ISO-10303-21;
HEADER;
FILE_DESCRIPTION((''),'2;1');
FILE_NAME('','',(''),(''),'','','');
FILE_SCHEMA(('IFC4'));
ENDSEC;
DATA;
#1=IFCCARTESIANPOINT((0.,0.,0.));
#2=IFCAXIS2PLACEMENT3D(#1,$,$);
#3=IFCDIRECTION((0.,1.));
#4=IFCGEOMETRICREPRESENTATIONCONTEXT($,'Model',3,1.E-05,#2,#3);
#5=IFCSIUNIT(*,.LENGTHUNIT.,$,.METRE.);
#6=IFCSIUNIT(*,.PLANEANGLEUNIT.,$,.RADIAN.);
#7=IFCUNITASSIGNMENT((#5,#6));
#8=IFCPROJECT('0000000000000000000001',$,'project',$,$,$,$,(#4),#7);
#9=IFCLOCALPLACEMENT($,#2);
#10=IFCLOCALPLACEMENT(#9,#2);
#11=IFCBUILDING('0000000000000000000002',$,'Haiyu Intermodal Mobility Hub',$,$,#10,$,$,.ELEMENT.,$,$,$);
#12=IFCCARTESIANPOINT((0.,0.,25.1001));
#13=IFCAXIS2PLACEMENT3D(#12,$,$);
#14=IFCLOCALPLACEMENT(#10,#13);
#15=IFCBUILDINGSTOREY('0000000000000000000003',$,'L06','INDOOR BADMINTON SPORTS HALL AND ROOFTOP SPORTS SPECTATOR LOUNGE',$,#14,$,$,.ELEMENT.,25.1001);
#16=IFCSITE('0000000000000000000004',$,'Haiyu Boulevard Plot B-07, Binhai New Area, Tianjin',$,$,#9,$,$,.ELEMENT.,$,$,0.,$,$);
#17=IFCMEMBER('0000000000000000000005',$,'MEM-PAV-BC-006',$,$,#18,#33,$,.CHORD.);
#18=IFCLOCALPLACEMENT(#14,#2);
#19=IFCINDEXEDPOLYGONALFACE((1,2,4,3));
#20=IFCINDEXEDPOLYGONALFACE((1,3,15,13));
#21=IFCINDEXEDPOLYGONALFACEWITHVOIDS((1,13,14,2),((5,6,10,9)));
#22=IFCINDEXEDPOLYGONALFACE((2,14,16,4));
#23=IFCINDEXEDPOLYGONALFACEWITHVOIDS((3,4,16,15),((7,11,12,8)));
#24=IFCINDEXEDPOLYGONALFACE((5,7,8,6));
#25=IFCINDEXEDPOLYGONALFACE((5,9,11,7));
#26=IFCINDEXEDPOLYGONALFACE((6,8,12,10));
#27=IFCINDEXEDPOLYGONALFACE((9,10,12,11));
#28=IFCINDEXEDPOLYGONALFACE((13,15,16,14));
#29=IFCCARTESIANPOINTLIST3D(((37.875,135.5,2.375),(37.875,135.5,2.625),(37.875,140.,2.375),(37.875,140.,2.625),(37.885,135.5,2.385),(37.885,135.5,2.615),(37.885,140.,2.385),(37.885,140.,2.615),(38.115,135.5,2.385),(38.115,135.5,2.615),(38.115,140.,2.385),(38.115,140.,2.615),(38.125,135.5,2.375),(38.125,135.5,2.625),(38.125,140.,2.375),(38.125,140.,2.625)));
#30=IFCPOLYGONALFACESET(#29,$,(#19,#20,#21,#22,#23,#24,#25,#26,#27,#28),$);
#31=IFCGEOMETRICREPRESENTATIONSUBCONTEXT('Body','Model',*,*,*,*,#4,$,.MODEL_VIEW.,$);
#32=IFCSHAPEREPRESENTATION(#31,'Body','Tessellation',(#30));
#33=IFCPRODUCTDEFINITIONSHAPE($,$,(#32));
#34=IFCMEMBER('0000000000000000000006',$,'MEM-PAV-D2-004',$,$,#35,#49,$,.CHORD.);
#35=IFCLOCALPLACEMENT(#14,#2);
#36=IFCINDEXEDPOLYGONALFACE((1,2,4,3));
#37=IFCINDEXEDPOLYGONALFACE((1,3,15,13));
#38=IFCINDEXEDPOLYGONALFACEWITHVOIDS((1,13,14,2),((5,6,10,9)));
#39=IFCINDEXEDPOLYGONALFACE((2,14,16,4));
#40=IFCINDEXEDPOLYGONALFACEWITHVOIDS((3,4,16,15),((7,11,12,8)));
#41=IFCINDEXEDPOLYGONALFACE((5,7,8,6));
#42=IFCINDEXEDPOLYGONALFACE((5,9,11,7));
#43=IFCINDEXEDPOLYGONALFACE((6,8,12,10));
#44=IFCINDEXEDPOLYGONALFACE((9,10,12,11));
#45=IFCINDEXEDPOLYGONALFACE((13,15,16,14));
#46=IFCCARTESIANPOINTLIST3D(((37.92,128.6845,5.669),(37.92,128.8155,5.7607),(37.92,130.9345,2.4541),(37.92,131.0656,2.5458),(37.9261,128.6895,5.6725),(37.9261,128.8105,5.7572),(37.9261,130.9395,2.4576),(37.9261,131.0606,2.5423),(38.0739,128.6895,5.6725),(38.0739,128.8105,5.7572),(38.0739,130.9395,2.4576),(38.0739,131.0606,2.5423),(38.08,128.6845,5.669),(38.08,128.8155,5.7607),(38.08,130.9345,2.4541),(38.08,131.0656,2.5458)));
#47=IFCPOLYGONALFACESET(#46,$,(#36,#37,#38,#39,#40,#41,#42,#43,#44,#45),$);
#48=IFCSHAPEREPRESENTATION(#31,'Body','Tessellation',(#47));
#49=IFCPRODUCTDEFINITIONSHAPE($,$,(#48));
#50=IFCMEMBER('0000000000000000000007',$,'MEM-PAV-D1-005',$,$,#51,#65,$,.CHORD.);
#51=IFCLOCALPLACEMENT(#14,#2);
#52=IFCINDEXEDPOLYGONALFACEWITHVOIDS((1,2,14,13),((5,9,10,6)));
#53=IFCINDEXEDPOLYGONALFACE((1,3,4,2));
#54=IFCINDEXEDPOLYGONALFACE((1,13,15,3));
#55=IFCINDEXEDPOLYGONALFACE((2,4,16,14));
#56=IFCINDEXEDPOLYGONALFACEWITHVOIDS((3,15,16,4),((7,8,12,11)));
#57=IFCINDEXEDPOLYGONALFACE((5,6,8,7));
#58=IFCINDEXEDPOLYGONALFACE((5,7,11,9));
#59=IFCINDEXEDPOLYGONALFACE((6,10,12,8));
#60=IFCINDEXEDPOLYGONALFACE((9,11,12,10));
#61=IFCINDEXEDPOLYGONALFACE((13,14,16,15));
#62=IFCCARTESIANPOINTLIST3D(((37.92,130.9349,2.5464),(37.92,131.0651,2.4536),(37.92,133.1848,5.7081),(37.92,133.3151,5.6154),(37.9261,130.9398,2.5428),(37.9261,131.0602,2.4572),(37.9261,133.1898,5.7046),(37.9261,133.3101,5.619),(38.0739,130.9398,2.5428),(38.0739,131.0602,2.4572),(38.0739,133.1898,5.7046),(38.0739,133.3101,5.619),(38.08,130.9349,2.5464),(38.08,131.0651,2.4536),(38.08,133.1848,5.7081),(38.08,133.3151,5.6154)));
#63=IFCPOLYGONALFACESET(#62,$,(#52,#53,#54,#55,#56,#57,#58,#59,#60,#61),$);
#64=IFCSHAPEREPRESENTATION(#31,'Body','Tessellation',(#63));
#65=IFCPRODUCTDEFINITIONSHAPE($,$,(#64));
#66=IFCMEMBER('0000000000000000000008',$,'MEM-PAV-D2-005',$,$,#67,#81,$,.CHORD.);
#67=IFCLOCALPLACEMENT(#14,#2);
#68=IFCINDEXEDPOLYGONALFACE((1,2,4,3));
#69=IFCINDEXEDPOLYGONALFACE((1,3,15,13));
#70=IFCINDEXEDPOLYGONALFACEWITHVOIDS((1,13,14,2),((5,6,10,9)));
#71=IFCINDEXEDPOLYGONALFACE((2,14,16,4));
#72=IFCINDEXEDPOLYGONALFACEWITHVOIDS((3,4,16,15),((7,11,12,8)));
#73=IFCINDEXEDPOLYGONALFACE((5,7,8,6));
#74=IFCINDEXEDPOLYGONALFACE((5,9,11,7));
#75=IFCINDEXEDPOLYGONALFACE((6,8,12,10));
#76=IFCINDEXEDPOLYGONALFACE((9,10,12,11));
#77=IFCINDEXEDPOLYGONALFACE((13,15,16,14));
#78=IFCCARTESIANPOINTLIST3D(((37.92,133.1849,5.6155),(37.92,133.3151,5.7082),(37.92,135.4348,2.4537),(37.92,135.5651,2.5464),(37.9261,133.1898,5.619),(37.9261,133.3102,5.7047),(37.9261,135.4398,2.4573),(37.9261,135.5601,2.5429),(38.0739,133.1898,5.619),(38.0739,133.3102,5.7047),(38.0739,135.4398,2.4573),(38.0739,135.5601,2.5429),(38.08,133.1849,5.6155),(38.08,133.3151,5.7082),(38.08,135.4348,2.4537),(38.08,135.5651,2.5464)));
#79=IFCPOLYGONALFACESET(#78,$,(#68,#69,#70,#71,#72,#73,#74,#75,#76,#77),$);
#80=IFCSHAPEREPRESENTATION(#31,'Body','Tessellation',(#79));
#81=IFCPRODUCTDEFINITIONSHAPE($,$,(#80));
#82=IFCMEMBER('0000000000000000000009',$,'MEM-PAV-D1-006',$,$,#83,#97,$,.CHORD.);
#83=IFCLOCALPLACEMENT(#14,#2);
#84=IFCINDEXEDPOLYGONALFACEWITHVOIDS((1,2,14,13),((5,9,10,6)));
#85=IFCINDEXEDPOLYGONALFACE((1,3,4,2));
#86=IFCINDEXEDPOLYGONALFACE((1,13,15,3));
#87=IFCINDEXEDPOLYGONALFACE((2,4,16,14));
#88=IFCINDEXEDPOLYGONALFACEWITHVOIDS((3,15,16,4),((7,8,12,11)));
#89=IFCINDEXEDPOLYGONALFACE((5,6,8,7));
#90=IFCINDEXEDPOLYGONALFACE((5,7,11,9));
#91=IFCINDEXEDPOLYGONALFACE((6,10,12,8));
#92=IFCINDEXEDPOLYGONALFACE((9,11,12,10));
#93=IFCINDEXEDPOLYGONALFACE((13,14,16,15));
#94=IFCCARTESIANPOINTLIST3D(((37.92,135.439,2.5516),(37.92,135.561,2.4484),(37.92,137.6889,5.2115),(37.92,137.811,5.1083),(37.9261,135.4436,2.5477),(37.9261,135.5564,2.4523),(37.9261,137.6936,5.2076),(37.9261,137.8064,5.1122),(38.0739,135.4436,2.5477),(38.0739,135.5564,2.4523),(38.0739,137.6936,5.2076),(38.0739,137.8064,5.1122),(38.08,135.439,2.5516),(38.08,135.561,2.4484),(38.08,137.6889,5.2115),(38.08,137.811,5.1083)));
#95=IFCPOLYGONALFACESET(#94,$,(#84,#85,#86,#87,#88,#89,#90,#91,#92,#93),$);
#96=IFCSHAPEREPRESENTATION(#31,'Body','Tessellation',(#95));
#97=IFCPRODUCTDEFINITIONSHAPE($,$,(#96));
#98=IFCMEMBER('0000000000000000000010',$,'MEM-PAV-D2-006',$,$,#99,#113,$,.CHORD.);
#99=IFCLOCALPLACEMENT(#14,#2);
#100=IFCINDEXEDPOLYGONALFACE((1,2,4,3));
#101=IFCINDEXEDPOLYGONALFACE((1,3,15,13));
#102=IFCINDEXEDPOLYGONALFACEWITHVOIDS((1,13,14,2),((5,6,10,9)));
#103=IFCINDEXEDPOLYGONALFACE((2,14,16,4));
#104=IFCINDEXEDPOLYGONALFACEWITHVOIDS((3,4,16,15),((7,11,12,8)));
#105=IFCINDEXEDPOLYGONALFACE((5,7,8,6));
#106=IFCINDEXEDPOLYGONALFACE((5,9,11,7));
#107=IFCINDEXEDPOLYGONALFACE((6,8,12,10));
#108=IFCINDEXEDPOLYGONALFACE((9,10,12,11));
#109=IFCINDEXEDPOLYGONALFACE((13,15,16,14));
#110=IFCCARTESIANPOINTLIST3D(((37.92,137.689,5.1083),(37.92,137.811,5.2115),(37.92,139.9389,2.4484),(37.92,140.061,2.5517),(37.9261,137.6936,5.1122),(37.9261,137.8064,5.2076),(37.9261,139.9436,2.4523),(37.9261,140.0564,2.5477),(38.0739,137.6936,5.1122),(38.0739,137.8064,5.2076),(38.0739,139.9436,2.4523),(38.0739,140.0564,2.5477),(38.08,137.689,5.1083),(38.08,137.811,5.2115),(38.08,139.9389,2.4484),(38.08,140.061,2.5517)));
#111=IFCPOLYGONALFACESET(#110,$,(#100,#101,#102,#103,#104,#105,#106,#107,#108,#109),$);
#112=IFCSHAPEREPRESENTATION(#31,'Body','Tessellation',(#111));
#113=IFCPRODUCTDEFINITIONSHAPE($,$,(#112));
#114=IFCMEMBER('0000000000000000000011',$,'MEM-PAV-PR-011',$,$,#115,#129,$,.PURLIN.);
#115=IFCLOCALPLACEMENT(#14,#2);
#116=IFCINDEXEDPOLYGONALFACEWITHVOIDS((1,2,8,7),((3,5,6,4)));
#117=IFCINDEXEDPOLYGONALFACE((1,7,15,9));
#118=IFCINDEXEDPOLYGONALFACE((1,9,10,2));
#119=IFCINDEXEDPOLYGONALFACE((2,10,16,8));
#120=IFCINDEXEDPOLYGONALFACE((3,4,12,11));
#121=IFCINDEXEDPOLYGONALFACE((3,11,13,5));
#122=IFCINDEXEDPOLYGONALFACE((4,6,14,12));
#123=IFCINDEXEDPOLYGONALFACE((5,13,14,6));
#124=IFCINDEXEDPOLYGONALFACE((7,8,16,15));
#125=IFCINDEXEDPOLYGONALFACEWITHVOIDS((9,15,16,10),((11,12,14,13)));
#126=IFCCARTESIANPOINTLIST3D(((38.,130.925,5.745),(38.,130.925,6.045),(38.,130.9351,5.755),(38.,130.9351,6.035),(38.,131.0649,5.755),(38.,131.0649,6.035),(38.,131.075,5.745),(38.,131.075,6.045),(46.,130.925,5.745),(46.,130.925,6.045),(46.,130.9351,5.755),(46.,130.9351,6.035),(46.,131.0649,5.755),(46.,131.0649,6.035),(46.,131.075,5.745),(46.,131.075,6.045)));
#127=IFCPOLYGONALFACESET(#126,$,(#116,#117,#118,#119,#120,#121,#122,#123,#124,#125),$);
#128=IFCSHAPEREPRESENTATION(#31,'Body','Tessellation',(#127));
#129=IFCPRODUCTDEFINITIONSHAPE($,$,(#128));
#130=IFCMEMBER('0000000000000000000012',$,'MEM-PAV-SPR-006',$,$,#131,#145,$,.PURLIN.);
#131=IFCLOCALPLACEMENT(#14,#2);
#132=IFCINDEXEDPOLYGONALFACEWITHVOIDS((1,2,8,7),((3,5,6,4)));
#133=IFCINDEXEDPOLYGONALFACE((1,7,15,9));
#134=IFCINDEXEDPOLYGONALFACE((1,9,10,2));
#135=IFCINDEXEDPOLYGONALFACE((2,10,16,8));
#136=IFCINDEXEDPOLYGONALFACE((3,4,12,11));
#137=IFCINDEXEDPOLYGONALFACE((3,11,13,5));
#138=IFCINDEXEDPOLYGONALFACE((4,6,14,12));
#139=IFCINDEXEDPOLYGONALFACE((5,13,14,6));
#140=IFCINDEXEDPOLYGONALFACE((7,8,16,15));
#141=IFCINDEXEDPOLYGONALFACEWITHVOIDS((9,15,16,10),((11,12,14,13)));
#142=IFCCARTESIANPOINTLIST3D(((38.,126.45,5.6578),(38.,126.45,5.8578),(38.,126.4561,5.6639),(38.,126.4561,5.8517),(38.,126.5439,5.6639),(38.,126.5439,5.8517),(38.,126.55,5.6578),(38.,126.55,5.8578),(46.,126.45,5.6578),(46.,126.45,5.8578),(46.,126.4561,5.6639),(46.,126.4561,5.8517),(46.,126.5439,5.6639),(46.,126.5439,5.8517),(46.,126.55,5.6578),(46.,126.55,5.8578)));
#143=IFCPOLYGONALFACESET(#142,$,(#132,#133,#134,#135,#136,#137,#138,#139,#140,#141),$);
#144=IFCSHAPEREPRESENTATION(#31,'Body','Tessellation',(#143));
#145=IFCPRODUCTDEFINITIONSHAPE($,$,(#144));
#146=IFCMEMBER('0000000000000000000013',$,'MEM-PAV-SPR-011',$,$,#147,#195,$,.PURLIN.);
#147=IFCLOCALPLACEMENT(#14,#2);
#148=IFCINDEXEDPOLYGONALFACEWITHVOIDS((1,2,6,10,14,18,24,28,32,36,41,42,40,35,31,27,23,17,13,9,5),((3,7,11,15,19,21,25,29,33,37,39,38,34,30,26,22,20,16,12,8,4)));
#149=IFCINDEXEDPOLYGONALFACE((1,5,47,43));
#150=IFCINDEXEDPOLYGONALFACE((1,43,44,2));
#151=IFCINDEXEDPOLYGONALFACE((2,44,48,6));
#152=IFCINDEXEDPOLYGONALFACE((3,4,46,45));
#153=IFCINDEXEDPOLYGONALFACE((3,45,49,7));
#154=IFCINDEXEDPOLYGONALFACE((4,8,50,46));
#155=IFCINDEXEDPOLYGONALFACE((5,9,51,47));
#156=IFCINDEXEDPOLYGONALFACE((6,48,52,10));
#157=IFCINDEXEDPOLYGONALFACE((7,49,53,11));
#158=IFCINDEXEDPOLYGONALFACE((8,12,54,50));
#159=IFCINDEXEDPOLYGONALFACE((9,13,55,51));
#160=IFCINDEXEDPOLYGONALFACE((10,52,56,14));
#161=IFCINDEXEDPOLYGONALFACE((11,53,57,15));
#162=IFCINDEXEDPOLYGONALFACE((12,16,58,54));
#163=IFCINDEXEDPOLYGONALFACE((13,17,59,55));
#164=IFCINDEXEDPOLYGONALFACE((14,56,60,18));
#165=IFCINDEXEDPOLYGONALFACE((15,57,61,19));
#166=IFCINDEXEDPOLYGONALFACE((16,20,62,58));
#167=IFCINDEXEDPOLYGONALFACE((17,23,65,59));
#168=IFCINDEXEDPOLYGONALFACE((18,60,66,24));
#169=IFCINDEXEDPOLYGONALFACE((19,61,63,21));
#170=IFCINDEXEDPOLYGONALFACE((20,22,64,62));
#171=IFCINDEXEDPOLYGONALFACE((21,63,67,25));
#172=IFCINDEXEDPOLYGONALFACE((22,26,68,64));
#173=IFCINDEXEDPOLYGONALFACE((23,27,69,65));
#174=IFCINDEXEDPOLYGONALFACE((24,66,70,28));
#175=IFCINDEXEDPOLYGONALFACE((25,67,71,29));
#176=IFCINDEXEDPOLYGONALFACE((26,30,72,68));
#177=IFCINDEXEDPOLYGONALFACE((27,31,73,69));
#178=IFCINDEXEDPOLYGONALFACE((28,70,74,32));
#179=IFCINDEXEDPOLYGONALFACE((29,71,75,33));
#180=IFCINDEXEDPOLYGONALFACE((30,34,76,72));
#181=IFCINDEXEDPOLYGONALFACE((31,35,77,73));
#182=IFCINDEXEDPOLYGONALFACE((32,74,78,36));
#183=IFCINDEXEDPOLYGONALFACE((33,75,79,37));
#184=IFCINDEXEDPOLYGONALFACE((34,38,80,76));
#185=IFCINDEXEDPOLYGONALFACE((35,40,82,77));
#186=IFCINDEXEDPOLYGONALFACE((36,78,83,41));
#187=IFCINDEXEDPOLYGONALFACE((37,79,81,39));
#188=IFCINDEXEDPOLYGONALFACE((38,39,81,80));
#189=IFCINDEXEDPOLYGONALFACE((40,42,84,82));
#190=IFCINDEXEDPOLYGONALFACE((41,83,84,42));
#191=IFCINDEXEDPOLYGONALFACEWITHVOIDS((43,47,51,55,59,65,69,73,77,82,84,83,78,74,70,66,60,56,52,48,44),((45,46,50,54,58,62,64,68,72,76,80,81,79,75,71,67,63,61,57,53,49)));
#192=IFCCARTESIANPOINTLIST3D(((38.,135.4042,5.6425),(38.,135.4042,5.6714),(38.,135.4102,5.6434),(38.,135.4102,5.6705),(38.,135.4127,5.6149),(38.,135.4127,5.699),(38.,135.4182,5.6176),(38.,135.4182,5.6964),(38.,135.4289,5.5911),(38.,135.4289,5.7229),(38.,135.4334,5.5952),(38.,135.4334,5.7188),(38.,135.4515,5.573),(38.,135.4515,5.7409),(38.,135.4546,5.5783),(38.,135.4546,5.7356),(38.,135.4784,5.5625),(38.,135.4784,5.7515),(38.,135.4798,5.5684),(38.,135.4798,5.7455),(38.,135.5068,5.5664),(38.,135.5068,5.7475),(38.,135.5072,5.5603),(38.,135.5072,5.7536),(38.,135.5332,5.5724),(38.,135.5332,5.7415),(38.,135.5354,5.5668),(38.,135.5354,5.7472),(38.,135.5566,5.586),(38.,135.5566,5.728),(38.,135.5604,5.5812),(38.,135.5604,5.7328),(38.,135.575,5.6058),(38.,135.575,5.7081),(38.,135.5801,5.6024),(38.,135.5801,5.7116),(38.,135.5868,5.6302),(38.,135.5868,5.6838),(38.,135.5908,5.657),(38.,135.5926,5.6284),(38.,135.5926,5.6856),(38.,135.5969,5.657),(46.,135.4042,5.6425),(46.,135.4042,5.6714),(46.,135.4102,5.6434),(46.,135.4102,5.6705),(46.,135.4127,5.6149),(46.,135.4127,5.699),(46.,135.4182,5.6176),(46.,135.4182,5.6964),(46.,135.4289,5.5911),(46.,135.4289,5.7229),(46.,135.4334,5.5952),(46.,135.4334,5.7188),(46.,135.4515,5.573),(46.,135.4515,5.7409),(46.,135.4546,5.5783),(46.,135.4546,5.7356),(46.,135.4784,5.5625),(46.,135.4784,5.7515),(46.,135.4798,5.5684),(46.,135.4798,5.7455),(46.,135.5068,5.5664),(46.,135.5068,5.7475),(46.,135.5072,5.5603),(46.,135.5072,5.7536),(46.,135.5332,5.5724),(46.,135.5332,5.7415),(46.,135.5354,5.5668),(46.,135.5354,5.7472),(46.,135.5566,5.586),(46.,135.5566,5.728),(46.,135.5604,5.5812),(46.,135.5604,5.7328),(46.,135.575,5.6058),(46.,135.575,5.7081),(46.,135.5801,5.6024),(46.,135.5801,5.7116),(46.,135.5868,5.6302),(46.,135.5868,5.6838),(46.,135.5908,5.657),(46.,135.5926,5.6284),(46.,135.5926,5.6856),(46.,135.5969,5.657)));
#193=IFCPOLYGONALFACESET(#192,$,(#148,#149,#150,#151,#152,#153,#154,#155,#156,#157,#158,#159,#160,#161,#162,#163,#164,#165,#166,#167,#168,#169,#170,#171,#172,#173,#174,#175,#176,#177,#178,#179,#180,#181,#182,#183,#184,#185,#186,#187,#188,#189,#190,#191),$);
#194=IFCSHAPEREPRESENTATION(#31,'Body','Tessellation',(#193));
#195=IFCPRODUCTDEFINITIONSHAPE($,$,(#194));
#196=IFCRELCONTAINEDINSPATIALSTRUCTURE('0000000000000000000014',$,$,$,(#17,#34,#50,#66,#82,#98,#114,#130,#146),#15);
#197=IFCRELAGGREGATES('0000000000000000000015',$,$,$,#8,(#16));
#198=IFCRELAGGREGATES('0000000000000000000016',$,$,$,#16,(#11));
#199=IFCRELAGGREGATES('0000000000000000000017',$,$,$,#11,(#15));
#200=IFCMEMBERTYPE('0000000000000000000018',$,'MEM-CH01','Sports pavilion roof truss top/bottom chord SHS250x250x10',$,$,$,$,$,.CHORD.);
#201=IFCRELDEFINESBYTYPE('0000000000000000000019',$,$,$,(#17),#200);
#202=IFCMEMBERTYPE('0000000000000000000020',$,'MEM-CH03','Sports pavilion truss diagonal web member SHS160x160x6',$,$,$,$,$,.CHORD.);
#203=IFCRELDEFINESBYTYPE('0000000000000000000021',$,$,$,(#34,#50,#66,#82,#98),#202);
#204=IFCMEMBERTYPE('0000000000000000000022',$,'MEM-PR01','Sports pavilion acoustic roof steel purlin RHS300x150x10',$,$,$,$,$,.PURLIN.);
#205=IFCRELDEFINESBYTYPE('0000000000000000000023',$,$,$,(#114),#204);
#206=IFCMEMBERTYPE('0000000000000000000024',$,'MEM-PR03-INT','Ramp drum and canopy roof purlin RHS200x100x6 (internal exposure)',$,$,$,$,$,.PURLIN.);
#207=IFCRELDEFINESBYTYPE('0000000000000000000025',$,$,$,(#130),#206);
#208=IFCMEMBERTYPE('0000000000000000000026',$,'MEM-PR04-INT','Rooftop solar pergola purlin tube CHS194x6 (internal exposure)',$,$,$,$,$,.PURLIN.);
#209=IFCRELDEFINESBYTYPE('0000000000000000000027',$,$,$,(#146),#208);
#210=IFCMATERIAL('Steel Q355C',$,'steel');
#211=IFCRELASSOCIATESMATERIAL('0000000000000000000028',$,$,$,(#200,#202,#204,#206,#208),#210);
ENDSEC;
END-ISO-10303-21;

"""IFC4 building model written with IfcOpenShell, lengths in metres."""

from ifc_helpers import new_model, si_unit, direction, frame, origin, origin_2d, place, context, subcontext, project, spatial, hollow_rectangle, hollow_circle, extrude, material, material_profile, profile_set, type_object, element, save


model = new_model("IFC4")

# Units and contexts
model_context = context("Model", 3, precision=1e-05, world=origin(), true_north=direction((0.0, 1.0)))
body_context = subcontext(model_context, "Body", "Model", "MODEL_VIEW")
ifc_project = project(units=[si_unit("LENGTHUNIT", "METRE"), si_unit("PLANEANGLEUNIT", "RADIAN")], contexts=[model_context])

# Site, building, storey
site_placement = place(None, origin())
site = spatial("IfcSite", under=ifc_project, at=site_placement, Name="Haiyu Boulevard Plot B-07, Binhai New Area, Tianjin", CompositionType="ELEMENT", RefElevation=0.0)
building_placement = place(site_placement, origin())
building = spatial("IfcBuilding", under=site, at=building_placement, Name="Haiyu Intermodal Mobility Hub", CompositionType="ELEMENT")
storey_placement = place(building_placement, frame((0.0, 0.0, 25.1001)))
storey = spatial("IfcBuildingStorey", under=building, at=storey_placement, Name="L06", Description="INDOOR BADMINTON SPORTS HALL AND ROOFTOP SPORTS SPECTATOR LOUNGE", CompositionType="ELEMENT", Elevation=25.1001)

# Shared definitions
ifc_material_1 = material(Name="Steel Q355C", Category="steel")

# Members
ifc_material_profile_1 = material_profile(ifc_material_1, hollow_rectangle(XDim=0.25, YDim=0.25, WallThickness=0.01, at=origin_2d()), Name="SHS250x250x10")
ifc_profile_set_1 = profile_set([ifc_material_profile_1], Name="Steel Q355C")
member_type_1 = type_object("IfcMemberType", Name="MEM-CH01", Description="Sports pavilion roof truss top/bottom chord SHS250x250x10", PredefinedType="CHORD", material=ifc_profile_set_1)
member_1_placement = place(storey_placement, frame((38.0, 135.5, 2.5), z_axis=(0.0, 1.0, 0.0), x_axis=(-1.0, 0.0, 0.0)))
element("IfcMember", 1, at=member_1_placement, inside=storey, type_object=member_type_1, Name="MEM-PAV-BC-006", PredefinedType="CHORD", context=body_context, shape_type="SweptSolid", body=[
    extrude(hollow_rectangle(XDim=0.25, YDim=0.25, WallThickness=0.01, at=origin_2d()), origin(), (0.0, 0.0, 1.0), 4.5),
])
ifc_material_profile_2 = material_profile(ifc_material_1, hollow_rectangle(XDim=0.1599, YDim=0.1599, WallThickness=0.0061, at=origin_2d()), Name="SHS160x160x6")
ifc_profile_set_2 = profile_set([ifc_material_profile_2], Name="Steel Q355C")
member_type_2 = type_object("IfcMemberType", Name="MEM-CH03", Description="Sports pavilion truss diagonal web member SHS160x160x6", PredefinedType="CHORD", material=ifc_profile_set_2)
member_2_placement = place(storey_placement, frame((38.0, 128.75, 5.7148), z_axis=(0.0, 0.573396, -0.819279), x_axis=(-1.0, 0.0, 0.0)))
element("IfcMember", 2, at=member_2_placement, inside=storey, type_object=member_type_2, Name="MEM-PAV-D2-004", PredefinedType="CHORD", context=body_context, shape_type="SweptSolid", body=[
    extrude(hollow_rectangle(XDim=0.1599, YDim=0.1599, WallThickness=0.0061, at=origin_2d()), origin(), (0.0, 0.0, 1.0), 3.9241),
])
for number, where, z_axis, x_axis, name in (
    (3, (38.0, 131.0, 2.5), (0.0, 0.579791, 0.814765), (-1.0, 0.0, 0.0), "MEM-PAV-D1-005"),
    (4, (38.0, 133.25, 5.6619), (0.0, 0.579791, -0.814765), (-1.0, 0.0, 0.0), "MEM-PAV-D2-005"),
):
    element("IfcMember", number, at=place(storey_placement, frame(where, z_axis=z_axis, x_axis=x_axis)), inside=storey, type_object=member_type_2, Name=name, PredefinedType="CHORD", context=body_context, shape_type="SweptSolid", body=[
        extrude(hollow_rectangle(XDim=0.1599, YDim=0.1599, WallThickness=0.0061, at=origin_2d()), origin(), (0.0, 0.0, 1.0), 3.8806),
    ])
for number, where, z_axis, x_axis, name in (
    (5, (38.0, 135.5, 2.5), (0.0, 0.645826, 0.763485), (-1.0, 0.0, 0.0), "MEM-PAV-D1-006"),
    (6, (38.0, 137.75, 5.1599), (0.0, 0.645826, -0.763485), (-1.0, 0.0, 0.0), "MEM-PAV-D2-006"),
):
    element("IfcMember", number, at=place(storey_placement, frame(where, z_axis=z_axis, x_axis=x_axis)), inside=storey, type_object=member_type_2, Name=name, PredefinedType="CHORD", context=body_context, shape_type="SweptSolid", body=[
        extrude(hollow_rectangle(XDim=0.1599, YDim=0.1599, WallThickness=0.0061, at=origin_2d()), origin(), (0.0, 0.0, 1.0), 3.4839),
    ])
ifc_material_profile_3 = material_profile(ifc_material_1, hollow_rectangle(XDim=0.1499, YDim=0.3, WallThickness=0.01, at=origin_2d()), Name="RHS300x150x10")
ifc_profile_set_3 = profile_set([ifc_material_profile_3], Name="Steel Q355C")
member_type_3 = type_object("IfcMemberType", Name="MEM-PR01", Description="Sports pavilion acoustic roof steel purlin RHS300x150x10", PredefinedType="PURLIN", material=ifc_profile_set_3)
member_3_placement = place(storey_placement, frame((38.0, 131.0, 5.895), z_axis=(1.0, 0.0, 0.0), x_axis=(0.0, 1.0, 0.0)))
element("IfcMember", 7, at=member_3_placement, inside=storey, type_object=member_type_3, Name="MEM-PAV-PR-011", PredefinedType="PURLIN", context=body_context, shape_type="SweptSolid", body=[
    extrude(hollow_rectangle(XDim=0.1499, YDim=0.3, WallThickness=0.01, at=origin_2d()), origin(), (0.0, 0.0, 1.0), 8.0),
])
ifc_material_profile_4 = material_profile(ifc_material_1, hollow_rectangle(XDim=0.1001, YDim=0.2, WallThickness=0.0061, at=origin_2d()), Name="RHS200x100x6")
ifc_profile_set_4 = profile_set([ifc_material_profile_4], Name="Steel Q355C")
member_type_4 = type_object("IfcMemberType", Name="MEM-PR03-INT", Description="Ramp drum and canopy roof purlin RHS200x100x6 (internal exposure)", PredefinedType="PURLIN", material=ifc_profile_set_4)
member_4_placement = place(storey_placement, frame((38.0, 126.5, 5.7578), z_axis=(1.0, 0.0, 0.0), x_axis=(0.0, 1.0, 0.0)))
element("IfcMember", 8, at=member_4_placement, inside=storey, type_object=member_type_4, Name="MEM-PAV-SPR-006", PredefinedType="PURLIN", context=body_context, shape_type="SweptSolid", body=[
    extrude(hollow_rectangle(XDim=0.1001, YDim=0.2, WallThickness=0.0061, at=origin_2d()), origin(), (0.0, 0.0, 1.0), 8.0),
])
ifc_material_profile_5 = material_profile(ifc_material_1, hollow_circle(Radius=0.0969, WallThickness=0.0061, at=origin_2d()), Name="CHS194x6")
ifc_profile_set_5 = profile_set([ifc_material_profile_5], Name="Steel Q355C")
member_type_5 = type_object("IfcMemberType", Name="MEM-PR04-INT", Description="Rooftop solar pergola purlin tube CHS194x6 (internal exposure)", PredefinedType="PURLIN", material=ifc_profile_set_5)
member_5_placement = place(storey_placement, frame((38.0, 135.5, 5.657), z_axis=(1.0, 0.0, 0.0), x_axis=(0.0, 1.0, 0.0)))
element("IfcMember", 9, at=member_5_placement, inside=storey, type_object=member_type_5, Name="MEM-PAV-SPR-011", PredefinedType="PURLIN", context=body_context, shape_type="SweptSolid", body=[
    extrude(hollow_circle(Radius=0.0969, WallThickness=0.0061, at=origin_2d()), origin(), (0.0, 0.0, 1.0), 8.0),
])

save(model, "model.ifc")
